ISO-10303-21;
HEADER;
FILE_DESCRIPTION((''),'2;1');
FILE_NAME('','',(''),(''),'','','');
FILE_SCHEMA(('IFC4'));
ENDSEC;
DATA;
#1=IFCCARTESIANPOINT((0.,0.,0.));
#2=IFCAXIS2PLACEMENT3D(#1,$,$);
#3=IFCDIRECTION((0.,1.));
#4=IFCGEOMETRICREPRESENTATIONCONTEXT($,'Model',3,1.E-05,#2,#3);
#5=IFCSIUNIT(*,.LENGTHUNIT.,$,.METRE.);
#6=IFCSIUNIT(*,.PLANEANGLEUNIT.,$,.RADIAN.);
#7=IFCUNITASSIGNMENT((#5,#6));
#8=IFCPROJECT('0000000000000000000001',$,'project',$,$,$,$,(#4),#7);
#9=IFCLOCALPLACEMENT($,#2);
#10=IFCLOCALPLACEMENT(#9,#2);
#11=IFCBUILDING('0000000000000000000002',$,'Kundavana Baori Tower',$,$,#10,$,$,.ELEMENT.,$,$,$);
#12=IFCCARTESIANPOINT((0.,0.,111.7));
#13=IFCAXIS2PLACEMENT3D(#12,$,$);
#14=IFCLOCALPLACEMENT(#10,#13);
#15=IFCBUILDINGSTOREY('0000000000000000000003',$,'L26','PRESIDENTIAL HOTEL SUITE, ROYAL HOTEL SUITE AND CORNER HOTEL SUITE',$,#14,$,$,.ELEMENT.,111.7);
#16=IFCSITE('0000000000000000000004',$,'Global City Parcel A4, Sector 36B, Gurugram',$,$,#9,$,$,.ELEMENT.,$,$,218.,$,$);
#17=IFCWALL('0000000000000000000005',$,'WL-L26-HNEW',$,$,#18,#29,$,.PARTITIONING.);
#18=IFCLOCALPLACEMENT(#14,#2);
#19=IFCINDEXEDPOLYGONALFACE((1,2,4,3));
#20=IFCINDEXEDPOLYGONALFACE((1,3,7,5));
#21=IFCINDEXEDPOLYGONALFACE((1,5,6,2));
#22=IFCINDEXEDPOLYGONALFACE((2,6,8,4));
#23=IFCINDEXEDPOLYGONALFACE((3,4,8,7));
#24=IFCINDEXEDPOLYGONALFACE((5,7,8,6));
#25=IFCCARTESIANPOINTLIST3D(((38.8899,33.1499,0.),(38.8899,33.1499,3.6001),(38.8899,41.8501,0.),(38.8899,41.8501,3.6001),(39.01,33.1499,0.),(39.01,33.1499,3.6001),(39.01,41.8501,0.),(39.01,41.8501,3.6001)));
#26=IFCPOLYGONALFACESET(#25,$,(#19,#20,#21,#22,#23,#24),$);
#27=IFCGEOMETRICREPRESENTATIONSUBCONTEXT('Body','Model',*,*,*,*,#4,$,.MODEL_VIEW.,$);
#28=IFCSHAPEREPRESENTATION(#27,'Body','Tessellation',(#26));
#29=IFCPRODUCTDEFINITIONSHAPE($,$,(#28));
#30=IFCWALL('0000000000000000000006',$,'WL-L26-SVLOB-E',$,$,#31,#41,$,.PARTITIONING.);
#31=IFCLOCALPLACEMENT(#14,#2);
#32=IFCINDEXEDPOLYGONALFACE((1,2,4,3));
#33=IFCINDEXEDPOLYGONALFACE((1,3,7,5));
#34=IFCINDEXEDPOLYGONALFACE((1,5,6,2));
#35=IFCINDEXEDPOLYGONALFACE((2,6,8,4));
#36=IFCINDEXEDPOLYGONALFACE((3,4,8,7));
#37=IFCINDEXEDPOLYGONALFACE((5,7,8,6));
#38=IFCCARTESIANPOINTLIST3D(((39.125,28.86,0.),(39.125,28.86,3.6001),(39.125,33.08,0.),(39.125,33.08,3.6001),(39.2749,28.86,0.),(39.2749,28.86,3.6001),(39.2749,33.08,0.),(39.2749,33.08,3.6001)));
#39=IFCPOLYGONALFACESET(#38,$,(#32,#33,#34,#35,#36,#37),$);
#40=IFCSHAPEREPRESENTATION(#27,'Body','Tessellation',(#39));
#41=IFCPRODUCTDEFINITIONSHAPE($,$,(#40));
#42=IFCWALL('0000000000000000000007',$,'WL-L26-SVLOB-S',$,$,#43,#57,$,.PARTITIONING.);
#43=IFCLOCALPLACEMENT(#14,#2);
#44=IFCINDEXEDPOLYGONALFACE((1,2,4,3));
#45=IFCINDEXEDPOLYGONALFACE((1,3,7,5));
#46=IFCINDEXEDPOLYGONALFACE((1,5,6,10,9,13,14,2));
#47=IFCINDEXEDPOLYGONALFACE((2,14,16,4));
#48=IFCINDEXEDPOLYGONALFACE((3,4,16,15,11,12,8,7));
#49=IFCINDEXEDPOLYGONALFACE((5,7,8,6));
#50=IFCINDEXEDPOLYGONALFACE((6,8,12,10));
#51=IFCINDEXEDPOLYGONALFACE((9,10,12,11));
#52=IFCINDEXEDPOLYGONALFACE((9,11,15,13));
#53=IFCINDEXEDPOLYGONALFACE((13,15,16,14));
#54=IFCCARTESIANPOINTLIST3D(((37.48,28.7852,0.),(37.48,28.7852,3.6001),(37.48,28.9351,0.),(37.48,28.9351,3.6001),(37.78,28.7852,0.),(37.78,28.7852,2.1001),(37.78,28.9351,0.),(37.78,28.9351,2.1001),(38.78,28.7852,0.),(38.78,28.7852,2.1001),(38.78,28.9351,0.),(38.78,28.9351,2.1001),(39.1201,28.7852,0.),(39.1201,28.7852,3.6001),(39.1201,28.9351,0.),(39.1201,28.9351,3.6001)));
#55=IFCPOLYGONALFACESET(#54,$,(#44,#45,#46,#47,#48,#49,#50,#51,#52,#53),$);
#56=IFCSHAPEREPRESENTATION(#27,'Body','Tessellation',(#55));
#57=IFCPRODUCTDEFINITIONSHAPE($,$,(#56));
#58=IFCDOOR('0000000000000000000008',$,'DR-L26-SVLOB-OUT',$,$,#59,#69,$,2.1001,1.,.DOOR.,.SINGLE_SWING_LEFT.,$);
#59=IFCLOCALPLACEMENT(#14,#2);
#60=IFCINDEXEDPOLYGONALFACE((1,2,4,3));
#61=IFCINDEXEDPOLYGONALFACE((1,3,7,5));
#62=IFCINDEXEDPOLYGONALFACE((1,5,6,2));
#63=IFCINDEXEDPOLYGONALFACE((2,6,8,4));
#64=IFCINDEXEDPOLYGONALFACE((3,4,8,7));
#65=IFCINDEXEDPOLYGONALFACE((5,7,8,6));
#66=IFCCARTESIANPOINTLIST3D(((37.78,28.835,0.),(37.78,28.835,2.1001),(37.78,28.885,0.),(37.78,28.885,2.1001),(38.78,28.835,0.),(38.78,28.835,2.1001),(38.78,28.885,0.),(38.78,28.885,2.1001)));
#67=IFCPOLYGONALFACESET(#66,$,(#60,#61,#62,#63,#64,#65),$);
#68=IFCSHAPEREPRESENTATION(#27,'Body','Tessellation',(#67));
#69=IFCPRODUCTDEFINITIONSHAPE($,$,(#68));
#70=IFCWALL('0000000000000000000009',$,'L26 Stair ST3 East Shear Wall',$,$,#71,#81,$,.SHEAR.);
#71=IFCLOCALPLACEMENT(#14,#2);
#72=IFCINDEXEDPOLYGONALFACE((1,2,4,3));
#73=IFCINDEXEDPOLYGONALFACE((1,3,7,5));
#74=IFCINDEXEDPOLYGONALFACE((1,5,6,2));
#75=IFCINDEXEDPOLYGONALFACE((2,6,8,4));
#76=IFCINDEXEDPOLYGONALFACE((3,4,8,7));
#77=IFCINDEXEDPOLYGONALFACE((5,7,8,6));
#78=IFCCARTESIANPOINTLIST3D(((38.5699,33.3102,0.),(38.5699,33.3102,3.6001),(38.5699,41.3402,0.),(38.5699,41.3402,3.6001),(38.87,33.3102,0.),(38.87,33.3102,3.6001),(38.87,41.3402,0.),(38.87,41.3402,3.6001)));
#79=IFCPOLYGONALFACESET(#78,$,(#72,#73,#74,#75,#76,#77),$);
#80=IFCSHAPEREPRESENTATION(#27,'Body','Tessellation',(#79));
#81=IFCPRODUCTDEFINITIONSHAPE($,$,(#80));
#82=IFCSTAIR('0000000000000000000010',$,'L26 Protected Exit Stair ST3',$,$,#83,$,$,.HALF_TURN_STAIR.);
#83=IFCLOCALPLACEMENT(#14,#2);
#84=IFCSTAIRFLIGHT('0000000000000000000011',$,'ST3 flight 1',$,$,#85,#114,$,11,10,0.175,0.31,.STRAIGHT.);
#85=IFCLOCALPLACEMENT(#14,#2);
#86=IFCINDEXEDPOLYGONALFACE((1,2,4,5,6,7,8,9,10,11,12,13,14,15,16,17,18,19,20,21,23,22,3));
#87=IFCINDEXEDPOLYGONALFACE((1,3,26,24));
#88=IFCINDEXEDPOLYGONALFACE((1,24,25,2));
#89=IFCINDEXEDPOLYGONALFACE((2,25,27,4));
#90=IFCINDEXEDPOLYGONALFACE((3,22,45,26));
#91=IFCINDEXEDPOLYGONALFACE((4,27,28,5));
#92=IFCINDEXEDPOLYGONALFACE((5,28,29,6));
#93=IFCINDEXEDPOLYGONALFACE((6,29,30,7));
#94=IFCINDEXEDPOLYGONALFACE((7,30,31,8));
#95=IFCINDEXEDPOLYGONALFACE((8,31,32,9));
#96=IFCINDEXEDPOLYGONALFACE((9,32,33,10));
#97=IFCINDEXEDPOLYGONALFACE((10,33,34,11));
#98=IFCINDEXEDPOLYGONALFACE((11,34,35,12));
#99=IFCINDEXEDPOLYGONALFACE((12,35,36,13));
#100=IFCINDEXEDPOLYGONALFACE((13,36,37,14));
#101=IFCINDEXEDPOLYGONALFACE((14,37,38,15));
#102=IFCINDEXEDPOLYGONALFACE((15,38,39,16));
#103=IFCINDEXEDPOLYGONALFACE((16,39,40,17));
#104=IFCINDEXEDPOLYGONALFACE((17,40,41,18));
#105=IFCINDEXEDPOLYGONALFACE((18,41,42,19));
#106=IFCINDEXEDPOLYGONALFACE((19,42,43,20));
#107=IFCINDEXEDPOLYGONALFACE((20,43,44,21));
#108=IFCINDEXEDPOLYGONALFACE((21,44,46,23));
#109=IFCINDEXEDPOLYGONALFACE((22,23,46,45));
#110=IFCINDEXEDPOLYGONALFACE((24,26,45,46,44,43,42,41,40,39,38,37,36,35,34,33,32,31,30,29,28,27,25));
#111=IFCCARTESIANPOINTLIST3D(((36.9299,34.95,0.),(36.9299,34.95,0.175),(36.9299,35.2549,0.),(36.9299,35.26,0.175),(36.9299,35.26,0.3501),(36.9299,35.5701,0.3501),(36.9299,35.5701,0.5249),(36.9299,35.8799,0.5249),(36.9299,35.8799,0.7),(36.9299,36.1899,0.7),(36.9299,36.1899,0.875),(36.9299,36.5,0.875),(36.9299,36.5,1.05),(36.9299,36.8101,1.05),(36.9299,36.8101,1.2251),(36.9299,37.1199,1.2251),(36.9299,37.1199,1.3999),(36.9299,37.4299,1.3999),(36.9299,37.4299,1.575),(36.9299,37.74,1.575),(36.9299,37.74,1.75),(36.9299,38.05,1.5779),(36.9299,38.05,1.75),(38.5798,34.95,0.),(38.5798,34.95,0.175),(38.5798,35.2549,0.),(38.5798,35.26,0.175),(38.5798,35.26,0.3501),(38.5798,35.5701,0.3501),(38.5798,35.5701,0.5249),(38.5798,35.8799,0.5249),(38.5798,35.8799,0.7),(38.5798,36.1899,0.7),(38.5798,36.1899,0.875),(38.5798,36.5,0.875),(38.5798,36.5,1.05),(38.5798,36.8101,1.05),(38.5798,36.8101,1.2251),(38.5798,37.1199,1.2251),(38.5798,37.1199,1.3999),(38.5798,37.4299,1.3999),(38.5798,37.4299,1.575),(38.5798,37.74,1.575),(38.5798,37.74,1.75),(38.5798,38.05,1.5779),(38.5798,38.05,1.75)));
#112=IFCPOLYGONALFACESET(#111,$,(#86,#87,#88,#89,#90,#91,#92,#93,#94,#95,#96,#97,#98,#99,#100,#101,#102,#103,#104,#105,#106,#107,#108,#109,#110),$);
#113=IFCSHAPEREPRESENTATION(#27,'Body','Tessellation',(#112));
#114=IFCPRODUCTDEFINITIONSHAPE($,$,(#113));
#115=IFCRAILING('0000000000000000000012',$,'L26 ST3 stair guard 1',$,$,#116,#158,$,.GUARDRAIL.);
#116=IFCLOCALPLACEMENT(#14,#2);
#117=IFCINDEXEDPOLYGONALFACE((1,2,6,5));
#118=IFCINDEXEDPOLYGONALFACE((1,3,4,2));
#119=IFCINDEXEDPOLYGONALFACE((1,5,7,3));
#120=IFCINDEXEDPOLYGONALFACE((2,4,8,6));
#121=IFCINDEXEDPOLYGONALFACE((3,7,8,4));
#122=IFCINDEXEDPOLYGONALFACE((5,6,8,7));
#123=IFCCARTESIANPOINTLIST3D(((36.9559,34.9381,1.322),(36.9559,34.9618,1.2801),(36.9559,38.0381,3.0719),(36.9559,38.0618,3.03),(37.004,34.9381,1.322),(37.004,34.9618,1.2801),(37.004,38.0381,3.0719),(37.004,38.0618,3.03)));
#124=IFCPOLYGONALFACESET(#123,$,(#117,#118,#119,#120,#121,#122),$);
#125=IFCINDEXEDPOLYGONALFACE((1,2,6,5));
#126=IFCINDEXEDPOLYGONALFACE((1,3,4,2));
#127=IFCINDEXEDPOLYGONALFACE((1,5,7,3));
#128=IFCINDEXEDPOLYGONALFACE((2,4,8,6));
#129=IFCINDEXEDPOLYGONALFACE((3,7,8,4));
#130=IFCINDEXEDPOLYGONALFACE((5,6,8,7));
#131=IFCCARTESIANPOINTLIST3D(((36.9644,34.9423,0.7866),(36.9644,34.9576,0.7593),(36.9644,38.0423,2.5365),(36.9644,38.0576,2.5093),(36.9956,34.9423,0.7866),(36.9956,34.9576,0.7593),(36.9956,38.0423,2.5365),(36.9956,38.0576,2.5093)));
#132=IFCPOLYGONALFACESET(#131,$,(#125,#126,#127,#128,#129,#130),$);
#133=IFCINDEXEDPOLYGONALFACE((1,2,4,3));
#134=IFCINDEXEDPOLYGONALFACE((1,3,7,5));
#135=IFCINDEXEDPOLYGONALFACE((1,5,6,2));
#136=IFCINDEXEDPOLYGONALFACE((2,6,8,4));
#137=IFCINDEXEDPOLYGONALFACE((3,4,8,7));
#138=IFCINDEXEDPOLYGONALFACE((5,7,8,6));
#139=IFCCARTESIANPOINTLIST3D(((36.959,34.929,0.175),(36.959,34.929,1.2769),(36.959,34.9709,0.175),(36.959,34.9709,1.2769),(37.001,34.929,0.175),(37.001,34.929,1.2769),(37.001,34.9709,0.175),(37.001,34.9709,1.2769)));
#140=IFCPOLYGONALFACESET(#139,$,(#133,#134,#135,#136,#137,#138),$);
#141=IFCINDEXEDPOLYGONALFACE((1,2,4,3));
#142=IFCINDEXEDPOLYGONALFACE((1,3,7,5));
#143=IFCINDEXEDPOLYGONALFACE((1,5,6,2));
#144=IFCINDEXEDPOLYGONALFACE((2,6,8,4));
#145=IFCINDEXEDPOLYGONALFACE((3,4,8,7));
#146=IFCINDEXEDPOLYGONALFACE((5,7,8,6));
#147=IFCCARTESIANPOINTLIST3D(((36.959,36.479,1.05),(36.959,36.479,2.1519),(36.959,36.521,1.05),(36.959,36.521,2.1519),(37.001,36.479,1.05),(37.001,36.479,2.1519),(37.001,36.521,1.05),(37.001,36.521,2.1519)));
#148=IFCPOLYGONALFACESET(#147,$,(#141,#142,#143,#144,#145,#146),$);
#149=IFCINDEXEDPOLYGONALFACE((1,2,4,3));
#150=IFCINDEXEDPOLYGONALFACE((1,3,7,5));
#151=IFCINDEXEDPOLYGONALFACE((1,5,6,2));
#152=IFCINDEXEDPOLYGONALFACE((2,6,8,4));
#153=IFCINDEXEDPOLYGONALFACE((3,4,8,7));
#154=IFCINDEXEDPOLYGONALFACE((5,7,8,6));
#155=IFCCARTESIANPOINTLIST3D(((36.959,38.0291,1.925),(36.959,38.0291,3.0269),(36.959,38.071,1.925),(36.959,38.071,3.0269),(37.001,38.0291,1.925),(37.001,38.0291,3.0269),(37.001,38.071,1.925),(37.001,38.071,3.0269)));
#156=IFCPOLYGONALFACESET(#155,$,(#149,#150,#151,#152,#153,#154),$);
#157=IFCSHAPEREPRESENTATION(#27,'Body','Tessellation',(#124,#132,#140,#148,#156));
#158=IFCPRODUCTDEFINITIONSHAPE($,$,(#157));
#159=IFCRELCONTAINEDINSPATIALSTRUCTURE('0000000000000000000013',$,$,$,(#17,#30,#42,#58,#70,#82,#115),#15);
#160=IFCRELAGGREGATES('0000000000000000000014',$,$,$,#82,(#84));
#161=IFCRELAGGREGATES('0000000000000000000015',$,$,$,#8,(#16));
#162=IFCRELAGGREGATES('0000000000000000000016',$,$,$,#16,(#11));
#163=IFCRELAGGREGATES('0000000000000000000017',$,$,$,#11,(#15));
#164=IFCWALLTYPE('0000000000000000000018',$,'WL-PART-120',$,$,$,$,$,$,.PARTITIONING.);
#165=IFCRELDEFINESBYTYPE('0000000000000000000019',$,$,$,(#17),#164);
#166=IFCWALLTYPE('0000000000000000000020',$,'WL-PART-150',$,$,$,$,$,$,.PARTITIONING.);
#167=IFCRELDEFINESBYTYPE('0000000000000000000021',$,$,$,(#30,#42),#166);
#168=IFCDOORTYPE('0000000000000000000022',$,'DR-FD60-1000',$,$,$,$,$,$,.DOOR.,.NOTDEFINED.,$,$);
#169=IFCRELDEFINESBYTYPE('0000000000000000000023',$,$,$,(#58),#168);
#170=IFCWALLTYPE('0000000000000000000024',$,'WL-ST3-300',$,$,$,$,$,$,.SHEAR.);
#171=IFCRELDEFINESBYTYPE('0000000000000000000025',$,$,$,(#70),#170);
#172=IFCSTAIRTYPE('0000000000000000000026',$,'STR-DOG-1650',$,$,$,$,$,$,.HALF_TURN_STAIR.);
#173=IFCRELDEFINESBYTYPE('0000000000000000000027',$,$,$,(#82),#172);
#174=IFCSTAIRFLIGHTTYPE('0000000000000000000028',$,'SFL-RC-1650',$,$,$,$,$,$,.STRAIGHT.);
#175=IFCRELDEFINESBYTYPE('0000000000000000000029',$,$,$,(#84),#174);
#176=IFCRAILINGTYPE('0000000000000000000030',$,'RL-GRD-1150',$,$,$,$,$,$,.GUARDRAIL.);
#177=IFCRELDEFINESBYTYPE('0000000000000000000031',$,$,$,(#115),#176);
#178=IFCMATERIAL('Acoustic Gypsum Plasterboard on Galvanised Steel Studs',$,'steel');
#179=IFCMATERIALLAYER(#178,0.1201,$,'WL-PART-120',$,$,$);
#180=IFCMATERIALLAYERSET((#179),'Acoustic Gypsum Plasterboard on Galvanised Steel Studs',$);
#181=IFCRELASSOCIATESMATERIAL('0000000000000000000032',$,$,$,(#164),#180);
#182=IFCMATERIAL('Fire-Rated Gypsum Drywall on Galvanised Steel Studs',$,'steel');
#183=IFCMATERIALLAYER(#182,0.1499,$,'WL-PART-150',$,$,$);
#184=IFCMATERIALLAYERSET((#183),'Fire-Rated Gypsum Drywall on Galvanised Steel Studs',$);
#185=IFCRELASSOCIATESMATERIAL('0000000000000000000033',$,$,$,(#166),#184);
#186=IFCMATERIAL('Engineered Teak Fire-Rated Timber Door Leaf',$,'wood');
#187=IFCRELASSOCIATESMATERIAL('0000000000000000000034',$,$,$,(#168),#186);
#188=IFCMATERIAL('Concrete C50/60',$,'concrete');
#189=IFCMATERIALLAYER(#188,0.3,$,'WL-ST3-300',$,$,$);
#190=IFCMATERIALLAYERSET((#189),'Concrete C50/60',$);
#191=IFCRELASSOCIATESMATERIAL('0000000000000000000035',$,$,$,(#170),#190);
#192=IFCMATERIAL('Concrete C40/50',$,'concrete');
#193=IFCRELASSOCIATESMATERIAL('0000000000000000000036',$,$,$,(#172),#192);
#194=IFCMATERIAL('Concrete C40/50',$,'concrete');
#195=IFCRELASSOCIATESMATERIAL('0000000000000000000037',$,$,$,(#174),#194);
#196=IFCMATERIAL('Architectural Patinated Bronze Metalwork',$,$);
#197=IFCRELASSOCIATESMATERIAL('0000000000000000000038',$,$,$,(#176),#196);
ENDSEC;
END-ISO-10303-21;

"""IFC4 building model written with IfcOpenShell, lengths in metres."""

from ifc_helpers import new_model, si_unit, direction, frame, frame_2d, origin, origin_2d, place, context, subcontext, project, spatial, polyline, rectangle, outline, extrude, material, layer, layer_set, type_object, element, fill, aggregate, save


model = new_model("IFC4")

# Units and contexts
model_context = context("Model", 3, precision=1e-05, world=origin(), true_north=direction((0.0, 1.0)))
body_context = subcontext(model_context, "Body", "Model", "MODEL_VIEW")
ifc_project = project(units=[si_unit("LENGTHUNIT", "METRE"), si_unit("PLANEANGLEUNIT", "RADIAN")], contexts=[model_context])

# Site, building, storey
site_placement = place(None, origin())
site = spatial("IfcSite", under=ifc_project, at=site_placement, Name="Global City Parcel A4, Sector 36B, Gurugram", CompositionType="ELEMENT", RefElevation=218.0)
building_placement = place(site_placement, origin())
building = spatial("IfcBuilding", under=site, at=building_placement, Name="Kundavana Baori Tower", CompositionType="ELEMENT")
storey_placement = place(building_placement, frame((0.0, 0.0, 111.7)))
storey = spatial("IfcBuildingStorey", under=building, at=storey_placement, Name="L26", Description="PRESIDENTIAL HOTEL SUITE, ROYAL HOTEL SUITE AND CORNER HOTEL SUITE", CompositionType="ELEMENT", Elevation=111.7)

# Shared definitions
ifc_material_1 = material(Name="Acoustic Gypsum Plasterboard on Galvanised Steel Studs", Category="steel")
ifc_layer_1 = layer(ifc_material_1, 0.1201, Name="WL-PART-120")
ifc_layer_set_1 = layer_set([ifc_layer_1], Name="Acoustic Gypsum Plasterboard on Galvanised Steel Studs")
wall_type_1 = type_object("IfcWallType", Name="WL-PART-120", PredefinedType="PARTITIONING", material=ifc_layer_set_1)

# Walls
wall_1_placement = place(storey_placement, frame((38.95, 33.1499, 0.0), z_axis=(0.0, 0.0, 1.0), x_axis=(0.0, 1.0, 0.0)))
element("IfcWall", 1, at=wall_1_placement, inside=storey, type_object=wall_type_1, Name="WL-L26-HNEW", PredefinedType="PARTITIONING", context=body_context, shape_type="SweptSolid", body=[
    extrude(rectangle(XDim=8.7002, YDim=0.1201, at=frame_2d((4.3501, 0.0))), origin(), (0.0, 0.0, 1.0), 3.6001),
])
ifc_material_2 = material(Name="Fire-Rated Gypsum Drywall on Galvanised Steel Studs", Category="steel")
ifc_layer_2 = layer(ifc_material_2, 0.1499, Name="WL-PART-150")
ifc_layer_set_2 = layer_set([ifc_layer_2], Name="Fire-Rated Gypsum Drywall on Galvanised Steel Studs")
wall_type_2 = type_object("IfcWallType", Name="WL-PART-150", PredefinedType="PARTITIONING", material=ifc_layer_set_2)
wall_2_placement = place(storey_placement, frame((39.2, 28.8601, 0.0), z_axis=(0.0, 0.0, 1.0), x_axis=(0.0, 1.0, 0.0)))
element("IfcWall", 2, at=wall_2_placement, inside=storey, type_object=wall_type_2, Name="WL-L26-SVLOB-E", PredefinedType="PARTITIONING", context=body_context, shape_type="SweptSolid", body=[
    extrude(rectangle(XDim=4.22, YDim=0.1499, at=frame_2d((2.1099, 0.0))), origin(), (0.0, 0.0, 1.0), 3.6001),
])

# Wall, opening, door
wall_3_placement = place(storey_placement, frame((37.48, 28.8601, 0.0), z_axis=(0.0, 0.0, 1.0), x_axis=(1.0, 0.0, 0.0)))
wall_3 = element("IfcWall", 3, at=wall_3_placement, inside=storey, type_object=wall_type_2, Name="WL-L26-SVLOB-S", PredefinedType="PARTITIONING", context=body_context, shape_type="SweptSolid", body=[
    extrude(rectangle(XDim=1.6401, YDim=0.1499, at=frame_2d((0.8201, 0.0))), origin(), (0.0, 0.0, 1.0), 3.6001),
])
opening_1_placement = place(wall_3_placement, frame((0.3, 0.0, 0.0)))
opening_1 = element("IfcOpeningElement", 4, at=opening_1_placement, cuts=wall_3, PredefinedType="OPENING", context=body_context, shape_type="SweptSolid", body=[
    extrude(rectangle(XDim=1.0, YDim=2.1001, at=frame_2d((0.5, 1.05))), frame((0.0, 0.085, 0.0), z_axis=(0.0, -1.0, 0.0), x_axis=(1.0, 0.0, 0.0)), (0.0, 0.0, 1.0), 0.1699),
])
ifc_material_3 = material(Name="Engineered Teak Fire-Rated Timber Door Leaf", Category="wood")
door_type_1 = type_object("IfcDoorType", Name="DR-FD60-1000", OperationType="NOTDEFINED", PredefinedType="DOOR", material=ifc_material_3)
door_1_placement = place(opening_1_placement, origin())
door_1 = element("IfcDoor", 5, at=door_1_placement, inside=storey, type_object=door_type_1, Name="DR-L26-SVLOB-OUT", OperationType="SINGLE_SWING_LEFT", OverallHeight=2.1001, OverallWidth=1.0, PredefinedType="DOOR", context=body_context, shape_type="SweptSolid", body=[
    extrude(rectangle(XDim=1.0, YDim=2.1001, at=frame_2d((0.5, 1.05))), frame((0.0, 0.0249, 0.0), z_axis=(0.0, -1.0, 0.0), x_axis=(1.0, 0.0, 0.0)), (0.0, 0.0, 1.0), 0.05),
])
fill(opening_1, door_1)

# Wall
ifc_material_4 = material(Name="Concrete C50/60", Category="concrete")
ifc_layer_3 = layer(ifc_material_4, 0.3, Name="WL-ST3-300")
ifc_layer_set_3 = layer_set([ifc_layer_3], Name="Concrete C50/60")
wall_type_3 = type_object("IfcWallType", Name="WL-ST3-300", PredefinedType="SHEAR", material=ifc_layer_set_3)
wall_4_placement = place(storey_placement, frame((38.72, 33.3101, 0.0), z_axis=(0.0, 0.0, 1.0), x_axis=(0.0, 1.0, 0.0)))
element("IfcWall", 6, at=wall_4_placement, inside=storey, type_object=wall_type_3, Name="L26 Stair ST3 East Shear Wall", PredefinedType="SHEAR", context=body_context, shape_type="SweptSolid", body=[
    extrude(rectangle(XDim=8.03, YDim=0.3, at=frame_2d((4.0151, 0.0))), origin(), (0.0, 0.0, 1.0), 3.6001),
])

# Stair, stair flight
ifc_material_5 = material(Name="Concrete C40/50", Category="concrete")
stair_type = type_object("IfcStairType", Name="STR-DOG-1650", PredefinedType="HALF_TURN_STAIR", material=ifc_material_5)
stair_placement = place(storey_placement, origin())
stair = element("IfcStair", 7, at=stair_placement, inside=storey, type_object=stair_type, Name="L26 Protected Exit Stair ST3", PredefinedType="HALF_TURN_STAIR")
ifc_material_6 = material(Name="Concrete C40/50", Category="concrete")
stair_flight_type = type_object("IfcStairFlightType", Name="SFL-RC-1650", PredefinedType="STRAIGHT", material=ifc_material_6)
stair_flight_placement = place(storey_placement, frame((37.7549, 34.95, 0.0), z_axis=(0.0, 0.0, 1.0), x_axis=(0.0, 1.0, 0.0)))
stair_flight = element("IfcStairFlight", 8, at=stair_flight_placement, type_object=stair_flight_type, Name="ST3 flight 1", NumberOfRisers=11, NumberOfTreads=10, PredefinedType="STRAIGHT", RiserHeight=0.175, TreadLength=0.31, context=body_context, shape_type="SweptSolid", body=[
    extrude(outline(polyline([(0.0, 0.0), (0.0, 0.175), (0.3101, 0.175), (0.3101, 0.3501), (0.6201, 0.3501), (0.6201, 0.5249), (0.9299, 0.5249), (0.9299, 0.7), (1.24, 0.7), (1.24, 0.875), (1.55, 0.875), (1.55, 1.05), (1.8601, 1.05), (1.8601, 1.2251), (2.1699, 1.2251), (2.1699, 1.3999), (2.48, 1.3999), (2.48, 1.575), (2.79, 1.575), (2.79, 1.75), (3.1001, 1.75), (3.1001, 1.925), (3.1001, 1.5779), (0.3049, 0.0), (0.0, 0.0)])), frame((0.0, 0.825, 0.0), z_axis=(0.0, -1.0, 0.0), x_axis=(1.0, 0.0, 0.0)), (0.0, 0.0, 1.0), 1.6499),
])
aggregate(stair, [stair_flight])

# Railing
ifc_material_7 = material(Name="Architectural Patinated Bronze Metalwork")
railing_type_1 = type_object("IfcRailingType", Name="RL-GRD-1150", PredefinedType="GUARDRAIL", material=ifc_material_7)
railing_1_placement = place(storey_placement, frame((36.98, 34.95, 0.175)))
element("IfcRailing", 9, at=railing_1_placement, inside=storey, type_object=railing_type_1, Name="L26 ST3 stair guard 1", PredefinedType="GUARDRAIL", context=body_context, shape_type="SweptSolid", body=[
    extrude(rectangle(XDim=0.0481, YDim=0.0481, at=origin_2d()), frame((0.0, 0.0, 1.126), z_axis=(0.0, 0.870831, 0.491583), x_axis=(-1.0, 0.0, 0.0)), (0.0, 0.0, 1.0), 3.5598),
    extrude(rectangle(XDim=0.0312, YDim=0.0312, at=origin_2d()), frame((0.0, 0.0, 0.5979), z_axis=(0.0, 0.870831, 0.491583), x_axis=(-1.0, 0.0, 0.0)), (0.0, 0.0, 1.0), 3.5598),
    extrude(rectangle(XDim=0.042, YDim=0.042, at=origin_2d()), origin(), (0.0, 0.0, 1.0), 1.1018),
    extrude(rectangle(XDim=0.042, YDim=0.042, at=origin_2d()), frame((0.0, 1.55, 0.875)), (0.0, 0.0, 1.0), 1.1018),
    extrude(rectangle(XDim=0.042, YDim=0.042, at=origin_2d()), frame((0.0, 3.1001, 1.75)), (0.0, 0.0, 1.0), 1.1018),
])

save(model, "model.ifc")
